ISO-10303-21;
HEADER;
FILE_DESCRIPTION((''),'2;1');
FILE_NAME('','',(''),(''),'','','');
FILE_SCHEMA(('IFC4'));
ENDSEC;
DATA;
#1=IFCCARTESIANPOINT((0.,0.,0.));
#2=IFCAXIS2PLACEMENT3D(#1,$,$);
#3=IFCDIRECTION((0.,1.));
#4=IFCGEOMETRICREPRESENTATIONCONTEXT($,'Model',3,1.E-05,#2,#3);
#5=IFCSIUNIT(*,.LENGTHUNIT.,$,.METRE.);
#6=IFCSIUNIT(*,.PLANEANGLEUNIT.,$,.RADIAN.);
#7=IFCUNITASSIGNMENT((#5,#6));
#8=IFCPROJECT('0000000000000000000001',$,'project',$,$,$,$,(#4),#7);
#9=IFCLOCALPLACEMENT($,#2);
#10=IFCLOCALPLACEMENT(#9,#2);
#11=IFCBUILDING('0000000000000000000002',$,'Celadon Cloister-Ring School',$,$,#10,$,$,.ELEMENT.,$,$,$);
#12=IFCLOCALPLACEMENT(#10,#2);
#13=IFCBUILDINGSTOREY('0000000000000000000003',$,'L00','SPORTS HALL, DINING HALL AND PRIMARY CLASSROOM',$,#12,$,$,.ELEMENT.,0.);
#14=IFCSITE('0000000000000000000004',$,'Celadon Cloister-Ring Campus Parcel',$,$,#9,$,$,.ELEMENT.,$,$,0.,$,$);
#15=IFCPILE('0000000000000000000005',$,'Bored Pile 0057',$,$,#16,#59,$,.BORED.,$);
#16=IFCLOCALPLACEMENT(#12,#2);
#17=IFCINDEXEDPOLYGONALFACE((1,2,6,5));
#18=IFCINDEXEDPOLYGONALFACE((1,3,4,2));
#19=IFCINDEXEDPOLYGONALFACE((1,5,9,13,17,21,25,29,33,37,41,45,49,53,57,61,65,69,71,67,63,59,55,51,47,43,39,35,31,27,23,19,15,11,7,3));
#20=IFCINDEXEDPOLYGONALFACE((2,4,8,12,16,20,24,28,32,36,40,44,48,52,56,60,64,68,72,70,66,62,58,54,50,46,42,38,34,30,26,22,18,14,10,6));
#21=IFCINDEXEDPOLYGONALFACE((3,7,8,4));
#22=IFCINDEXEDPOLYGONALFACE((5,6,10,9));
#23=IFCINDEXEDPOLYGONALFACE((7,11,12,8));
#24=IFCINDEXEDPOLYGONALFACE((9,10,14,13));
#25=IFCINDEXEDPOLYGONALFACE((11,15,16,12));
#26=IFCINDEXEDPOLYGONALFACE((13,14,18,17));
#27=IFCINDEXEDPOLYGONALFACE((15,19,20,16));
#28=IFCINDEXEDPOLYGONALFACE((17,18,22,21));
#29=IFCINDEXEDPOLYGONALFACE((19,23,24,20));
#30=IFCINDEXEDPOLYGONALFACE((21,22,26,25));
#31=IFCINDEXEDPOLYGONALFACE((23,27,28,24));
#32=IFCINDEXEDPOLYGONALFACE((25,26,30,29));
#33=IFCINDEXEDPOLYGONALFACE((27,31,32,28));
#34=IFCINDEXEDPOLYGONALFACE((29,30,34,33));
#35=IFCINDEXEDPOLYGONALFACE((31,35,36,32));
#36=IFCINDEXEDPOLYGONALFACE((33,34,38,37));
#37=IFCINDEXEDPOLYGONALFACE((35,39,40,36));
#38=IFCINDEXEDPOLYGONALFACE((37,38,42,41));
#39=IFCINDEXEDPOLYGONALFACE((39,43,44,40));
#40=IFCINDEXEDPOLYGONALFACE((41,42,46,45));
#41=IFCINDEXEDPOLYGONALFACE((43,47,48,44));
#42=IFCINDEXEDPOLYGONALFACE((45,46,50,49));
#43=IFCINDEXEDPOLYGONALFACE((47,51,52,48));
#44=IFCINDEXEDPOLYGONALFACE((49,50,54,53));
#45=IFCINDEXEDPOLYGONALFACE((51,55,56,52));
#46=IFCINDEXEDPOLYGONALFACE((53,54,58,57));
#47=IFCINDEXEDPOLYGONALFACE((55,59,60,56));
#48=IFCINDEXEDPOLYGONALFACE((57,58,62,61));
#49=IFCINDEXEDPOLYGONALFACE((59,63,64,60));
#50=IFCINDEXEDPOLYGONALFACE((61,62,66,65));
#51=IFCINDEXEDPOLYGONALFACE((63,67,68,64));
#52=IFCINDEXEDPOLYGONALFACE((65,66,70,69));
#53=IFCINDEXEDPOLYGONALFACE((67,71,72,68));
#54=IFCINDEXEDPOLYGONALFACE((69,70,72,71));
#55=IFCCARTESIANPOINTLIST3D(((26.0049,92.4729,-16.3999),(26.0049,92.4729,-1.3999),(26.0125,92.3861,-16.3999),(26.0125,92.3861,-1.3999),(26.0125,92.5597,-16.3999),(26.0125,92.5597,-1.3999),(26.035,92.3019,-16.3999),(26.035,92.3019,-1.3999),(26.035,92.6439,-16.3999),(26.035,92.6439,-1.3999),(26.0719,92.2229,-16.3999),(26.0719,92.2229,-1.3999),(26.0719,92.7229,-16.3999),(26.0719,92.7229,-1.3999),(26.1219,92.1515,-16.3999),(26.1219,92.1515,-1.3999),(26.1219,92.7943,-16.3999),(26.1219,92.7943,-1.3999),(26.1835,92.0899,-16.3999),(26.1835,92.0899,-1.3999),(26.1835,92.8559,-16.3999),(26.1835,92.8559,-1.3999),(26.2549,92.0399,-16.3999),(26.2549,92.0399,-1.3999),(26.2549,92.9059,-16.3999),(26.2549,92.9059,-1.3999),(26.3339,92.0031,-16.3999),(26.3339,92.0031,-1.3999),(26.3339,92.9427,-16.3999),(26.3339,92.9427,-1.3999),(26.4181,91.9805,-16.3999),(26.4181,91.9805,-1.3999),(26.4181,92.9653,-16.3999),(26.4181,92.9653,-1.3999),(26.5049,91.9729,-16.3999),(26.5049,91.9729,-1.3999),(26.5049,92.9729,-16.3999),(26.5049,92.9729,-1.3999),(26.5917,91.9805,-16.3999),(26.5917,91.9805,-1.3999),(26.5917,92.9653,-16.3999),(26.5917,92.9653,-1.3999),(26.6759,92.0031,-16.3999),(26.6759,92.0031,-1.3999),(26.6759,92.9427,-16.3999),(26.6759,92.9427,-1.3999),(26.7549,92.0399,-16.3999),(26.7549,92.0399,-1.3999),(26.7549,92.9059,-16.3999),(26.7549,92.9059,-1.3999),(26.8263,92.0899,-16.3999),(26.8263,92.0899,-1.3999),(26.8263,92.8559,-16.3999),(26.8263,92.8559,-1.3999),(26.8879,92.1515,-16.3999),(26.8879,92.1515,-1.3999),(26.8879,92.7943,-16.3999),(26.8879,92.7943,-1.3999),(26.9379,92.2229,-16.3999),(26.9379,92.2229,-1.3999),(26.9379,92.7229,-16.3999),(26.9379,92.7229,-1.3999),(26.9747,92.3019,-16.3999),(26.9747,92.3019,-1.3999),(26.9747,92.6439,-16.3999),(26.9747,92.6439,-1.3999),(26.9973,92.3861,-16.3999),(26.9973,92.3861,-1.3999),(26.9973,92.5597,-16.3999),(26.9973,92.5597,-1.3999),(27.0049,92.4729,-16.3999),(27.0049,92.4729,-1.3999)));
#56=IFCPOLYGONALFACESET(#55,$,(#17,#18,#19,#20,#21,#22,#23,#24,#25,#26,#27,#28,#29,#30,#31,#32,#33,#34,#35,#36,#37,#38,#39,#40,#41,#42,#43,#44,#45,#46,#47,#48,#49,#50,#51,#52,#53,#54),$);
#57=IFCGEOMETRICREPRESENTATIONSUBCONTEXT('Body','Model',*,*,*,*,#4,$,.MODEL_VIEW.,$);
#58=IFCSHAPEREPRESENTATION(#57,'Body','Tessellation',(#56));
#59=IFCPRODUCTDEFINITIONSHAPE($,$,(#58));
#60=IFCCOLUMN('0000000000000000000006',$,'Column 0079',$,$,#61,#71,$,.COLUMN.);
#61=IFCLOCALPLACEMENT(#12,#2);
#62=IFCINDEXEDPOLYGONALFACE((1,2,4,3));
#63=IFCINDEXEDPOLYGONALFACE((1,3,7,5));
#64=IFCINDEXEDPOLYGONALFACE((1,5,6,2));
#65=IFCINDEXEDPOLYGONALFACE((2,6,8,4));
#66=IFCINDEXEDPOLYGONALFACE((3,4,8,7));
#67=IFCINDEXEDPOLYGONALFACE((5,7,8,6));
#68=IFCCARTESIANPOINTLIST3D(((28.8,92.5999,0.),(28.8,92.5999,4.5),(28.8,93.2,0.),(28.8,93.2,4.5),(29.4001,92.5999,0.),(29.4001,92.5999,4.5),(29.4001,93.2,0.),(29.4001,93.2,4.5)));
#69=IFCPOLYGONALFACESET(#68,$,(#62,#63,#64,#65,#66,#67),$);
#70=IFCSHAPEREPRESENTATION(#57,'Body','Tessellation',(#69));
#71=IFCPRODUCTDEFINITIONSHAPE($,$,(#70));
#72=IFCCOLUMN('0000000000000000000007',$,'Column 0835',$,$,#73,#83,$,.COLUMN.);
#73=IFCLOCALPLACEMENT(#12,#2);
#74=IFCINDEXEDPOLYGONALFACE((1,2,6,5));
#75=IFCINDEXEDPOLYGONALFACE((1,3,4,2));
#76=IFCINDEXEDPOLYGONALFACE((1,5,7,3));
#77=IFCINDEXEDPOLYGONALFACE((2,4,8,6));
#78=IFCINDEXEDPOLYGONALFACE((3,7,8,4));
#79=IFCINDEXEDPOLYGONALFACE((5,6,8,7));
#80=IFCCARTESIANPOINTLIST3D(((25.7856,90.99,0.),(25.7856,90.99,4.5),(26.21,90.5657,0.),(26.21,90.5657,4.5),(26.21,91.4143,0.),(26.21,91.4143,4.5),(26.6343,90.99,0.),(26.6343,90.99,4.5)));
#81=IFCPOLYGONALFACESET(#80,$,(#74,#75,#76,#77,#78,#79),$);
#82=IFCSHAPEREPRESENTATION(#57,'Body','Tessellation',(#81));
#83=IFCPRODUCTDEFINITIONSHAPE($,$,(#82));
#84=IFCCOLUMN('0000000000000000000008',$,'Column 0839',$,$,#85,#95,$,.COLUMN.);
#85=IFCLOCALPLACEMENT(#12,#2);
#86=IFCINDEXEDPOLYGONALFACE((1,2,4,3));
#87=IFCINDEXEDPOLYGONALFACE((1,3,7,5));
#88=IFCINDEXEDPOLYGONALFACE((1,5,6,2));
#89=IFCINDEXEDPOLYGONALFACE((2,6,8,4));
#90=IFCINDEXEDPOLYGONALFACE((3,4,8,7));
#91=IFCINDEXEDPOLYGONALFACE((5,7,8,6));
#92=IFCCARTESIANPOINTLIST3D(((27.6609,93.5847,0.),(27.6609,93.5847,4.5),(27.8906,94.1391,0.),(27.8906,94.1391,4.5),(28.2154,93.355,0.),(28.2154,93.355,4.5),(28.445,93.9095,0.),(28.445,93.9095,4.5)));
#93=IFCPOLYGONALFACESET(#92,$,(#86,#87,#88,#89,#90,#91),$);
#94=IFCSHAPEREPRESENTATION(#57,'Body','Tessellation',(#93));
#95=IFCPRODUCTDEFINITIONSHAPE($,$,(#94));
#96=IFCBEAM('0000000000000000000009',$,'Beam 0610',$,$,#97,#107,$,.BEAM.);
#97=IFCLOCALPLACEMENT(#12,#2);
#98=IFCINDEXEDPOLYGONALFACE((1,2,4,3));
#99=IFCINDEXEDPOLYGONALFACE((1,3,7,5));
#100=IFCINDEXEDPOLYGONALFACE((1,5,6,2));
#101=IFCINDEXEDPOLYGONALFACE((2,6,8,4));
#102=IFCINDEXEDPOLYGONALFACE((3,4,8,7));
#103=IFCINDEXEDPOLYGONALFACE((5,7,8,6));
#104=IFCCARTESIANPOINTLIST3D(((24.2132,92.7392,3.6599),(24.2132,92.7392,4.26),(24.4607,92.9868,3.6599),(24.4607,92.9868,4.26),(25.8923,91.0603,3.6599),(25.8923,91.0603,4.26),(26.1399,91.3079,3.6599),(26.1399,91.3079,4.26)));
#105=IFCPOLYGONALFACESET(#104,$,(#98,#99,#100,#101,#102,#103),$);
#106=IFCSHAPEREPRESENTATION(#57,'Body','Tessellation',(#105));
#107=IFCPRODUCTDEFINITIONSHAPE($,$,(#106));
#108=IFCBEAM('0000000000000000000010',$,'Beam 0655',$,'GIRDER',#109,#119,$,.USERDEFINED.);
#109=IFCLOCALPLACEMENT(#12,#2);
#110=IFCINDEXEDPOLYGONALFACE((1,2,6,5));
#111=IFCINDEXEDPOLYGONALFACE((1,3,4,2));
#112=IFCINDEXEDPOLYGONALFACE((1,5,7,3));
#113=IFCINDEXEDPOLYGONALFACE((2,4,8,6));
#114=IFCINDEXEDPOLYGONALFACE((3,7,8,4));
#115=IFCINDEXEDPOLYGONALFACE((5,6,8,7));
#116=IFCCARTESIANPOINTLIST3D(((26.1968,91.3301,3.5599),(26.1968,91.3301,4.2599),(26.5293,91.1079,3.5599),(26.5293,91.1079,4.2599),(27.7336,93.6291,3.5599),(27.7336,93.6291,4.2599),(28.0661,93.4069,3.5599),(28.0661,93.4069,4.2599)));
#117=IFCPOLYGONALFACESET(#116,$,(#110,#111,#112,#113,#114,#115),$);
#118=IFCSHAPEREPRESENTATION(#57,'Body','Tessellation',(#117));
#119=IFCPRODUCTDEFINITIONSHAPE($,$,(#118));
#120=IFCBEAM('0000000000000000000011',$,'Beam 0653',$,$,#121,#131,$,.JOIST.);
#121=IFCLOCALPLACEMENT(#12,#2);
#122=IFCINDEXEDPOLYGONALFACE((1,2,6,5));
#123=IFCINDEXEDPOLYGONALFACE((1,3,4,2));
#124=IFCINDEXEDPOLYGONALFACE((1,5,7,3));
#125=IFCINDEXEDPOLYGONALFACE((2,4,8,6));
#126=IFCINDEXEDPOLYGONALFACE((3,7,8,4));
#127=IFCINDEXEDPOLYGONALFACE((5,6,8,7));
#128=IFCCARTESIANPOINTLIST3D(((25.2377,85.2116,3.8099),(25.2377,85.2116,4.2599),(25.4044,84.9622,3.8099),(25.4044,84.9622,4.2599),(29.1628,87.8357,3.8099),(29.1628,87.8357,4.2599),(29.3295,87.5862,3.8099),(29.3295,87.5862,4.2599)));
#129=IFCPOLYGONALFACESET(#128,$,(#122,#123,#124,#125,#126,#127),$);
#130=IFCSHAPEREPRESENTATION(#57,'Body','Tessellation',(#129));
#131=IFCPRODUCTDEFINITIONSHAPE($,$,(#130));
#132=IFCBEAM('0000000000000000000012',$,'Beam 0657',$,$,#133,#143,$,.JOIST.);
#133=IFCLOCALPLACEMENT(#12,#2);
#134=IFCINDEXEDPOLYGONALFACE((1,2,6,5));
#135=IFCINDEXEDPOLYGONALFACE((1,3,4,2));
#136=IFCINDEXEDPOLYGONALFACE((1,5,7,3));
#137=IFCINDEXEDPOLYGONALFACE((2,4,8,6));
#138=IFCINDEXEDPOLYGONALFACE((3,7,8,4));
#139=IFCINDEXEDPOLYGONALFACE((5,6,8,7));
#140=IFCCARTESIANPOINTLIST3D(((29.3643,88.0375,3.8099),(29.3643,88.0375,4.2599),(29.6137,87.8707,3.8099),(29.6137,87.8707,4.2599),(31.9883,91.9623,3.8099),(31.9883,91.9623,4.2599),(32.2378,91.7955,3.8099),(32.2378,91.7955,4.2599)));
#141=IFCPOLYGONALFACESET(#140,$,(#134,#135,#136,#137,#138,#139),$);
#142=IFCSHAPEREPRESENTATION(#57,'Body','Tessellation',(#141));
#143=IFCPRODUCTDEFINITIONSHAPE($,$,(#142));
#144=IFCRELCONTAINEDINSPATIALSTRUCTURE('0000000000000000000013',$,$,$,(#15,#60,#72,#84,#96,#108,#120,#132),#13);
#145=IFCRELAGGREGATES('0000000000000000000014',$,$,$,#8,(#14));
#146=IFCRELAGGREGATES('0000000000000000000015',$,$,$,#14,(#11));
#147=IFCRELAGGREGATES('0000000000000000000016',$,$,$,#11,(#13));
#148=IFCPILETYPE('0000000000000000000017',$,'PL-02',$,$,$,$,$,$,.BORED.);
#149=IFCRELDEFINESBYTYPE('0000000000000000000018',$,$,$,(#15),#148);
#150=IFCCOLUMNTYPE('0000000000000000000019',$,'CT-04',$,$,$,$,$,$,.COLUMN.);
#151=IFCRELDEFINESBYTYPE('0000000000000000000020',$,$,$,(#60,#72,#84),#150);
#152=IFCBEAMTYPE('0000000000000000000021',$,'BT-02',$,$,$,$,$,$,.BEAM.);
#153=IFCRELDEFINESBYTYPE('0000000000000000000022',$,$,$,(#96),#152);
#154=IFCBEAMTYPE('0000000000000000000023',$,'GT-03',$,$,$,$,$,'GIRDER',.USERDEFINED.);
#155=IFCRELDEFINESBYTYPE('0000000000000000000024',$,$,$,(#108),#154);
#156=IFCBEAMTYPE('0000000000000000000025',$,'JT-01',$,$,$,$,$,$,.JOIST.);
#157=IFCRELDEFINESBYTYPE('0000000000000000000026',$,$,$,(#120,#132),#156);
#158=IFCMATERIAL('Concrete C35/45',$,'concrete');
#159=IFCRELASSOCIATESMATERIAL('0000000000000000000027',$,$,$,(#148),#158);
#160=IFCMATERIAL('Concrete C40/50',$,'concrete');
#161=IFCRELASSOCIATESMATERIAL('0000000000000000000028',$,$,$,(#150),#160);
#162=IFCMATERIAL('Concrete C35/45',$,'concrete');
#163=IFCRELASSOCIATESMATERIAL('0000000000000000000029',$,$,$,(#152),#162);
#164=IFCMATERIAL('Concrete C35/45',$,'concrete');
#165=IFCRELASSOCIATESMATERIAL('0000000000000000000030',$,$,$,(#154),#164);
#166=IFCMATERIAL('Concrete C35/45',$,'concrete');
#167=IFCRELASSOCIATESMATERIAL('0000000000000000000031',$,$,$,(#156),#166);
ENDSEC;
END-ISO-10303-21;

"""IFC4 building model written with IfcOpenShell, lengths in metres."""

from ifc_helpers import new_model, si_unit, direction, frame, origin, origin_2d, place, context, subcontext, project, spatial, rectangle, circle, extrude, material, material_profile, profile_set, type_object, element, save


model = new_model("IFC4")

# Units and contexts
model_context = context("Model", 3, precision=1e-05, world=origin(), true_north=direction((0.0, 1.0)))
body_context = subcontext(model_context, "Body", "Model", "MODEL_VIEW")
ifc_project = project(units=[si_unit("LENGTHUNIT", "METRE"), si_unit("PLANEANGLEUNIT", "RADIAN")], contexts=[model_context])

# Site, building, storey
site_placement = place(None, origin())
site = spatial("IfcSite", under=ifc_project, at=site_placement, Name="Celadon Cloister-Ring Campus Parcel", CompositionType="ELEMENT", RefElevation=0.0)
building_placement = place(site_placement, origin())
building = spatial("IfcBuilding", under=site, at=building_placement, Name="Celadon Cloister-Ring School", CompositionType="ELEMENT")
storey_placement = place(building_placement, origin())
storey = spatial("IfcBuildingStorey", under=building, at=storey_placement, Name="L00", Description="SPORTS HALL, DINING HALL AND PRIMARY CLASSROOM", CompositionType="ELEMENT", Elevation=0.0)

# Pile
ifc_material_1 = material(Name="Concrete C35/45", Category="concrete")
ifc_material_profile_1 = material_profile(ifc_material_1, circle(Radius=0.5, at=origin_2d()), Name="PILE1000")
ifc_profile_set_1 = profile_set([ifc_material_profile_1], Name="Concrete C35/45")
pile_type = type_object("IfcPileType", Name="PL-02", PredefinedType="BORED", material=ifc_profile_set_1)
pile_placement = place(storey_placement, frame((26.5049, 92.4729, -1.3999), z_axis=(0.0, 0.0, -1.0), x_axis=(1.0, 0.0, 0.0)))
element("IfcPile", 1, at=pile_placement, inside=storey, type_object=pile_type, Name="Bored Pile 0057", PredefinedType="BORED", context=body_context, shape_type="SweptSolid", body=[
    extrude(circle(Radius=0.5, at=origin_2d()), origin(), (0.0, 0.0, 1.0), 15.0),
])

# Columns
ifc_material_2 = material(Name="Concrete C40/50", Category="concrete")
ifc_material_profile_2 = material_profile(ifc_material_2, rectangle(XDim=0.6001, YDim=0.6001, at=origin_2d()), Name="RC600X600")
ifc_profile_set_2 = profile_set([ifc_material_profile_2], Name="Concrete C40/50")
column_type = type_object("IfcColumnType", Name="CT-04", PredefinedType="COLUMN", material=ifc_profile_set_2)
for number, where, z_axis, x_axis, name in (
    (2, (29.1001, 92.8999, 0.0), (0.0, 0.0, 1.0), (1.0, 0.0, 0.0), "Column 0079"),
    (3, (26.21, 90.99, 0.0), (0.0, 0.0, 1.0), (0.707107, -0.707107, 0.0), "Column 0835"),
    (4, (28.053, 93.7471, 0.0), (0.0, 0.0, 1.0), (0.92388, -0.382683, 0.0), "Column 0839"),
):
    element("IfcColumn", number, at=place(storey_placement, frame(where, z_axis=z_axis, x_axis=x_axis)), inside=storey, type_object=column_type, Name=name, PredefinedType="COLUMN", context=body_context, shape_type="SweptSolid", body=[
        extrude(rectangle(XDim=0.6001, YDim=0.6001, at=origin_2d()), origin(), (0.0, 0.0, 1.0), 4.5),
    ])

# Beams
ifc_material_3 = material(Name="Concrete C35/45", Category="concrete")
ifc_material_profile_3 = material_profile(ifc_material_3, rectangle(XDim=0.3501, YDim=0.6001, at=origin_2d()), Name="RC350X600")
ifc_profile_set_3 = profile_set([ifc_material_profile_3], Name="Concrete C35/45")
beam_type_1 = type_object("IfcBeamType", Name="BT-02", PredefinedType="BEAM", material=ifc_profile_set_3)
beam_1_placement = place(storey_placement, frame((26.0161, 91.1841, 3.96), z_axis=(-0.707158, 0.707055, 0.0), x_axis=(-0.707055, -0.707158, 0.0)))
element("IfcBeam", 5, at=beam_1_placement, inside=storey, type_object=beam_type_1, Name="Beam 0610", PredefinedType="BEAM", context=body_context, shape_type="SweptSolid", body=[
    extrude(rectangle(XDim=0.3501, YDim=0.6001, at=origin_2d()), origin(), (0.0, 0.0, 1.0), 2.3745),
])
ifc_material_4 = material(Name="Concrete C35/45", Category="concrete")
ifc_material_profile_4 = material_profile(ifc_material_4, rectangle(XDim=0.3999, YDim=0.7, at=origin_2d()), Name="RC400X700")
ifc_profile_set_4 = profile_set([ifc_material_profile_4], Name="Concrete C35/45")
beam_type_2 = type_object("IfcBeamType", Name="GT-03", ElementType="GIRDER", PredefinedType="USERDEFINED", material=ifc_profile_set_4)
beam_2_placement = place(storey_placement, frame((26.363, 91.219, 3.9099), z_axis=(0.555739, 0.831357, 0.0), x_axis=(-0.831357, 0.555739, 0.0)))
element("IfcBeam", 6, at=beam_2_placement, inside=storey, type_object=beam_type_2, Name="Beam 0655", ObjectType="GIRDER", PredefinedType="USERDEFINED", context=body_context, shape_type="SweptSolid", body=[
    extrude(rectangle(XDim=0.3999, YDim=0.7, at=origin_2d()), origin(), (0.0, 0.0, 1.0), 2.7654),
])
ifc_material_5 = material(Name="Concrete C35/45", Category="concrete")
ifc_material_profile_5 = material_profile(ifc_material_5, rectangle(XDim=0.3, YDim=0.45, at=origin_2d()), Name="RC300X450")
ifc_profile_set_5 = profile_set([ifc_material_profile_5], Name="Concrete C35/45")
beam_type_3 = type_object("IfcBeamType", Name="JT-01", PredefinedType="JOIST", material=ifc_profile_set_5)
beam_3_placement = place(storey_placement, frame((25.321, 85.0869, 4.0349), z_axis=(0.831334, 0.555774, 0.0), x_axis=(-0.555774, 0.831334, 0.0)))
element("IfcBeam", 7, at=beam_3_placement, inside=storey, type_object=beam_type_3, Name="Beam 0653", PredefinedType="JOIST", context=body_context, shape_type="SweptSolid", body=[
    extrude(rectangle(XDim=0.3, YDim=0.45, at=origin_2d()), origin(), (0.0, 0.0, 1.0), 4.7214),
])
beam_4_placement = place(storey_placement, frame((29.489, 87.9541, 4.0349), z_axis=(0.555798, 0.831318, 0.0), x_axis=(-0.831318, 0.555798, 0.0)))
element("IfcBeam", 8, at=beam_4_placement, inside=storey, type_object=beam_type_3, Name="Beam 0657", PredefinedType="JOIST", context=body_context, shape_type="SweptSolid", body=[
    extrude(rectangle(XDim=0.3, YDim=0.45, at=origin_2d()), origin(), (0.0, 0.0, 1.0), 4.7212),
])

save(model, "model.ifc")
